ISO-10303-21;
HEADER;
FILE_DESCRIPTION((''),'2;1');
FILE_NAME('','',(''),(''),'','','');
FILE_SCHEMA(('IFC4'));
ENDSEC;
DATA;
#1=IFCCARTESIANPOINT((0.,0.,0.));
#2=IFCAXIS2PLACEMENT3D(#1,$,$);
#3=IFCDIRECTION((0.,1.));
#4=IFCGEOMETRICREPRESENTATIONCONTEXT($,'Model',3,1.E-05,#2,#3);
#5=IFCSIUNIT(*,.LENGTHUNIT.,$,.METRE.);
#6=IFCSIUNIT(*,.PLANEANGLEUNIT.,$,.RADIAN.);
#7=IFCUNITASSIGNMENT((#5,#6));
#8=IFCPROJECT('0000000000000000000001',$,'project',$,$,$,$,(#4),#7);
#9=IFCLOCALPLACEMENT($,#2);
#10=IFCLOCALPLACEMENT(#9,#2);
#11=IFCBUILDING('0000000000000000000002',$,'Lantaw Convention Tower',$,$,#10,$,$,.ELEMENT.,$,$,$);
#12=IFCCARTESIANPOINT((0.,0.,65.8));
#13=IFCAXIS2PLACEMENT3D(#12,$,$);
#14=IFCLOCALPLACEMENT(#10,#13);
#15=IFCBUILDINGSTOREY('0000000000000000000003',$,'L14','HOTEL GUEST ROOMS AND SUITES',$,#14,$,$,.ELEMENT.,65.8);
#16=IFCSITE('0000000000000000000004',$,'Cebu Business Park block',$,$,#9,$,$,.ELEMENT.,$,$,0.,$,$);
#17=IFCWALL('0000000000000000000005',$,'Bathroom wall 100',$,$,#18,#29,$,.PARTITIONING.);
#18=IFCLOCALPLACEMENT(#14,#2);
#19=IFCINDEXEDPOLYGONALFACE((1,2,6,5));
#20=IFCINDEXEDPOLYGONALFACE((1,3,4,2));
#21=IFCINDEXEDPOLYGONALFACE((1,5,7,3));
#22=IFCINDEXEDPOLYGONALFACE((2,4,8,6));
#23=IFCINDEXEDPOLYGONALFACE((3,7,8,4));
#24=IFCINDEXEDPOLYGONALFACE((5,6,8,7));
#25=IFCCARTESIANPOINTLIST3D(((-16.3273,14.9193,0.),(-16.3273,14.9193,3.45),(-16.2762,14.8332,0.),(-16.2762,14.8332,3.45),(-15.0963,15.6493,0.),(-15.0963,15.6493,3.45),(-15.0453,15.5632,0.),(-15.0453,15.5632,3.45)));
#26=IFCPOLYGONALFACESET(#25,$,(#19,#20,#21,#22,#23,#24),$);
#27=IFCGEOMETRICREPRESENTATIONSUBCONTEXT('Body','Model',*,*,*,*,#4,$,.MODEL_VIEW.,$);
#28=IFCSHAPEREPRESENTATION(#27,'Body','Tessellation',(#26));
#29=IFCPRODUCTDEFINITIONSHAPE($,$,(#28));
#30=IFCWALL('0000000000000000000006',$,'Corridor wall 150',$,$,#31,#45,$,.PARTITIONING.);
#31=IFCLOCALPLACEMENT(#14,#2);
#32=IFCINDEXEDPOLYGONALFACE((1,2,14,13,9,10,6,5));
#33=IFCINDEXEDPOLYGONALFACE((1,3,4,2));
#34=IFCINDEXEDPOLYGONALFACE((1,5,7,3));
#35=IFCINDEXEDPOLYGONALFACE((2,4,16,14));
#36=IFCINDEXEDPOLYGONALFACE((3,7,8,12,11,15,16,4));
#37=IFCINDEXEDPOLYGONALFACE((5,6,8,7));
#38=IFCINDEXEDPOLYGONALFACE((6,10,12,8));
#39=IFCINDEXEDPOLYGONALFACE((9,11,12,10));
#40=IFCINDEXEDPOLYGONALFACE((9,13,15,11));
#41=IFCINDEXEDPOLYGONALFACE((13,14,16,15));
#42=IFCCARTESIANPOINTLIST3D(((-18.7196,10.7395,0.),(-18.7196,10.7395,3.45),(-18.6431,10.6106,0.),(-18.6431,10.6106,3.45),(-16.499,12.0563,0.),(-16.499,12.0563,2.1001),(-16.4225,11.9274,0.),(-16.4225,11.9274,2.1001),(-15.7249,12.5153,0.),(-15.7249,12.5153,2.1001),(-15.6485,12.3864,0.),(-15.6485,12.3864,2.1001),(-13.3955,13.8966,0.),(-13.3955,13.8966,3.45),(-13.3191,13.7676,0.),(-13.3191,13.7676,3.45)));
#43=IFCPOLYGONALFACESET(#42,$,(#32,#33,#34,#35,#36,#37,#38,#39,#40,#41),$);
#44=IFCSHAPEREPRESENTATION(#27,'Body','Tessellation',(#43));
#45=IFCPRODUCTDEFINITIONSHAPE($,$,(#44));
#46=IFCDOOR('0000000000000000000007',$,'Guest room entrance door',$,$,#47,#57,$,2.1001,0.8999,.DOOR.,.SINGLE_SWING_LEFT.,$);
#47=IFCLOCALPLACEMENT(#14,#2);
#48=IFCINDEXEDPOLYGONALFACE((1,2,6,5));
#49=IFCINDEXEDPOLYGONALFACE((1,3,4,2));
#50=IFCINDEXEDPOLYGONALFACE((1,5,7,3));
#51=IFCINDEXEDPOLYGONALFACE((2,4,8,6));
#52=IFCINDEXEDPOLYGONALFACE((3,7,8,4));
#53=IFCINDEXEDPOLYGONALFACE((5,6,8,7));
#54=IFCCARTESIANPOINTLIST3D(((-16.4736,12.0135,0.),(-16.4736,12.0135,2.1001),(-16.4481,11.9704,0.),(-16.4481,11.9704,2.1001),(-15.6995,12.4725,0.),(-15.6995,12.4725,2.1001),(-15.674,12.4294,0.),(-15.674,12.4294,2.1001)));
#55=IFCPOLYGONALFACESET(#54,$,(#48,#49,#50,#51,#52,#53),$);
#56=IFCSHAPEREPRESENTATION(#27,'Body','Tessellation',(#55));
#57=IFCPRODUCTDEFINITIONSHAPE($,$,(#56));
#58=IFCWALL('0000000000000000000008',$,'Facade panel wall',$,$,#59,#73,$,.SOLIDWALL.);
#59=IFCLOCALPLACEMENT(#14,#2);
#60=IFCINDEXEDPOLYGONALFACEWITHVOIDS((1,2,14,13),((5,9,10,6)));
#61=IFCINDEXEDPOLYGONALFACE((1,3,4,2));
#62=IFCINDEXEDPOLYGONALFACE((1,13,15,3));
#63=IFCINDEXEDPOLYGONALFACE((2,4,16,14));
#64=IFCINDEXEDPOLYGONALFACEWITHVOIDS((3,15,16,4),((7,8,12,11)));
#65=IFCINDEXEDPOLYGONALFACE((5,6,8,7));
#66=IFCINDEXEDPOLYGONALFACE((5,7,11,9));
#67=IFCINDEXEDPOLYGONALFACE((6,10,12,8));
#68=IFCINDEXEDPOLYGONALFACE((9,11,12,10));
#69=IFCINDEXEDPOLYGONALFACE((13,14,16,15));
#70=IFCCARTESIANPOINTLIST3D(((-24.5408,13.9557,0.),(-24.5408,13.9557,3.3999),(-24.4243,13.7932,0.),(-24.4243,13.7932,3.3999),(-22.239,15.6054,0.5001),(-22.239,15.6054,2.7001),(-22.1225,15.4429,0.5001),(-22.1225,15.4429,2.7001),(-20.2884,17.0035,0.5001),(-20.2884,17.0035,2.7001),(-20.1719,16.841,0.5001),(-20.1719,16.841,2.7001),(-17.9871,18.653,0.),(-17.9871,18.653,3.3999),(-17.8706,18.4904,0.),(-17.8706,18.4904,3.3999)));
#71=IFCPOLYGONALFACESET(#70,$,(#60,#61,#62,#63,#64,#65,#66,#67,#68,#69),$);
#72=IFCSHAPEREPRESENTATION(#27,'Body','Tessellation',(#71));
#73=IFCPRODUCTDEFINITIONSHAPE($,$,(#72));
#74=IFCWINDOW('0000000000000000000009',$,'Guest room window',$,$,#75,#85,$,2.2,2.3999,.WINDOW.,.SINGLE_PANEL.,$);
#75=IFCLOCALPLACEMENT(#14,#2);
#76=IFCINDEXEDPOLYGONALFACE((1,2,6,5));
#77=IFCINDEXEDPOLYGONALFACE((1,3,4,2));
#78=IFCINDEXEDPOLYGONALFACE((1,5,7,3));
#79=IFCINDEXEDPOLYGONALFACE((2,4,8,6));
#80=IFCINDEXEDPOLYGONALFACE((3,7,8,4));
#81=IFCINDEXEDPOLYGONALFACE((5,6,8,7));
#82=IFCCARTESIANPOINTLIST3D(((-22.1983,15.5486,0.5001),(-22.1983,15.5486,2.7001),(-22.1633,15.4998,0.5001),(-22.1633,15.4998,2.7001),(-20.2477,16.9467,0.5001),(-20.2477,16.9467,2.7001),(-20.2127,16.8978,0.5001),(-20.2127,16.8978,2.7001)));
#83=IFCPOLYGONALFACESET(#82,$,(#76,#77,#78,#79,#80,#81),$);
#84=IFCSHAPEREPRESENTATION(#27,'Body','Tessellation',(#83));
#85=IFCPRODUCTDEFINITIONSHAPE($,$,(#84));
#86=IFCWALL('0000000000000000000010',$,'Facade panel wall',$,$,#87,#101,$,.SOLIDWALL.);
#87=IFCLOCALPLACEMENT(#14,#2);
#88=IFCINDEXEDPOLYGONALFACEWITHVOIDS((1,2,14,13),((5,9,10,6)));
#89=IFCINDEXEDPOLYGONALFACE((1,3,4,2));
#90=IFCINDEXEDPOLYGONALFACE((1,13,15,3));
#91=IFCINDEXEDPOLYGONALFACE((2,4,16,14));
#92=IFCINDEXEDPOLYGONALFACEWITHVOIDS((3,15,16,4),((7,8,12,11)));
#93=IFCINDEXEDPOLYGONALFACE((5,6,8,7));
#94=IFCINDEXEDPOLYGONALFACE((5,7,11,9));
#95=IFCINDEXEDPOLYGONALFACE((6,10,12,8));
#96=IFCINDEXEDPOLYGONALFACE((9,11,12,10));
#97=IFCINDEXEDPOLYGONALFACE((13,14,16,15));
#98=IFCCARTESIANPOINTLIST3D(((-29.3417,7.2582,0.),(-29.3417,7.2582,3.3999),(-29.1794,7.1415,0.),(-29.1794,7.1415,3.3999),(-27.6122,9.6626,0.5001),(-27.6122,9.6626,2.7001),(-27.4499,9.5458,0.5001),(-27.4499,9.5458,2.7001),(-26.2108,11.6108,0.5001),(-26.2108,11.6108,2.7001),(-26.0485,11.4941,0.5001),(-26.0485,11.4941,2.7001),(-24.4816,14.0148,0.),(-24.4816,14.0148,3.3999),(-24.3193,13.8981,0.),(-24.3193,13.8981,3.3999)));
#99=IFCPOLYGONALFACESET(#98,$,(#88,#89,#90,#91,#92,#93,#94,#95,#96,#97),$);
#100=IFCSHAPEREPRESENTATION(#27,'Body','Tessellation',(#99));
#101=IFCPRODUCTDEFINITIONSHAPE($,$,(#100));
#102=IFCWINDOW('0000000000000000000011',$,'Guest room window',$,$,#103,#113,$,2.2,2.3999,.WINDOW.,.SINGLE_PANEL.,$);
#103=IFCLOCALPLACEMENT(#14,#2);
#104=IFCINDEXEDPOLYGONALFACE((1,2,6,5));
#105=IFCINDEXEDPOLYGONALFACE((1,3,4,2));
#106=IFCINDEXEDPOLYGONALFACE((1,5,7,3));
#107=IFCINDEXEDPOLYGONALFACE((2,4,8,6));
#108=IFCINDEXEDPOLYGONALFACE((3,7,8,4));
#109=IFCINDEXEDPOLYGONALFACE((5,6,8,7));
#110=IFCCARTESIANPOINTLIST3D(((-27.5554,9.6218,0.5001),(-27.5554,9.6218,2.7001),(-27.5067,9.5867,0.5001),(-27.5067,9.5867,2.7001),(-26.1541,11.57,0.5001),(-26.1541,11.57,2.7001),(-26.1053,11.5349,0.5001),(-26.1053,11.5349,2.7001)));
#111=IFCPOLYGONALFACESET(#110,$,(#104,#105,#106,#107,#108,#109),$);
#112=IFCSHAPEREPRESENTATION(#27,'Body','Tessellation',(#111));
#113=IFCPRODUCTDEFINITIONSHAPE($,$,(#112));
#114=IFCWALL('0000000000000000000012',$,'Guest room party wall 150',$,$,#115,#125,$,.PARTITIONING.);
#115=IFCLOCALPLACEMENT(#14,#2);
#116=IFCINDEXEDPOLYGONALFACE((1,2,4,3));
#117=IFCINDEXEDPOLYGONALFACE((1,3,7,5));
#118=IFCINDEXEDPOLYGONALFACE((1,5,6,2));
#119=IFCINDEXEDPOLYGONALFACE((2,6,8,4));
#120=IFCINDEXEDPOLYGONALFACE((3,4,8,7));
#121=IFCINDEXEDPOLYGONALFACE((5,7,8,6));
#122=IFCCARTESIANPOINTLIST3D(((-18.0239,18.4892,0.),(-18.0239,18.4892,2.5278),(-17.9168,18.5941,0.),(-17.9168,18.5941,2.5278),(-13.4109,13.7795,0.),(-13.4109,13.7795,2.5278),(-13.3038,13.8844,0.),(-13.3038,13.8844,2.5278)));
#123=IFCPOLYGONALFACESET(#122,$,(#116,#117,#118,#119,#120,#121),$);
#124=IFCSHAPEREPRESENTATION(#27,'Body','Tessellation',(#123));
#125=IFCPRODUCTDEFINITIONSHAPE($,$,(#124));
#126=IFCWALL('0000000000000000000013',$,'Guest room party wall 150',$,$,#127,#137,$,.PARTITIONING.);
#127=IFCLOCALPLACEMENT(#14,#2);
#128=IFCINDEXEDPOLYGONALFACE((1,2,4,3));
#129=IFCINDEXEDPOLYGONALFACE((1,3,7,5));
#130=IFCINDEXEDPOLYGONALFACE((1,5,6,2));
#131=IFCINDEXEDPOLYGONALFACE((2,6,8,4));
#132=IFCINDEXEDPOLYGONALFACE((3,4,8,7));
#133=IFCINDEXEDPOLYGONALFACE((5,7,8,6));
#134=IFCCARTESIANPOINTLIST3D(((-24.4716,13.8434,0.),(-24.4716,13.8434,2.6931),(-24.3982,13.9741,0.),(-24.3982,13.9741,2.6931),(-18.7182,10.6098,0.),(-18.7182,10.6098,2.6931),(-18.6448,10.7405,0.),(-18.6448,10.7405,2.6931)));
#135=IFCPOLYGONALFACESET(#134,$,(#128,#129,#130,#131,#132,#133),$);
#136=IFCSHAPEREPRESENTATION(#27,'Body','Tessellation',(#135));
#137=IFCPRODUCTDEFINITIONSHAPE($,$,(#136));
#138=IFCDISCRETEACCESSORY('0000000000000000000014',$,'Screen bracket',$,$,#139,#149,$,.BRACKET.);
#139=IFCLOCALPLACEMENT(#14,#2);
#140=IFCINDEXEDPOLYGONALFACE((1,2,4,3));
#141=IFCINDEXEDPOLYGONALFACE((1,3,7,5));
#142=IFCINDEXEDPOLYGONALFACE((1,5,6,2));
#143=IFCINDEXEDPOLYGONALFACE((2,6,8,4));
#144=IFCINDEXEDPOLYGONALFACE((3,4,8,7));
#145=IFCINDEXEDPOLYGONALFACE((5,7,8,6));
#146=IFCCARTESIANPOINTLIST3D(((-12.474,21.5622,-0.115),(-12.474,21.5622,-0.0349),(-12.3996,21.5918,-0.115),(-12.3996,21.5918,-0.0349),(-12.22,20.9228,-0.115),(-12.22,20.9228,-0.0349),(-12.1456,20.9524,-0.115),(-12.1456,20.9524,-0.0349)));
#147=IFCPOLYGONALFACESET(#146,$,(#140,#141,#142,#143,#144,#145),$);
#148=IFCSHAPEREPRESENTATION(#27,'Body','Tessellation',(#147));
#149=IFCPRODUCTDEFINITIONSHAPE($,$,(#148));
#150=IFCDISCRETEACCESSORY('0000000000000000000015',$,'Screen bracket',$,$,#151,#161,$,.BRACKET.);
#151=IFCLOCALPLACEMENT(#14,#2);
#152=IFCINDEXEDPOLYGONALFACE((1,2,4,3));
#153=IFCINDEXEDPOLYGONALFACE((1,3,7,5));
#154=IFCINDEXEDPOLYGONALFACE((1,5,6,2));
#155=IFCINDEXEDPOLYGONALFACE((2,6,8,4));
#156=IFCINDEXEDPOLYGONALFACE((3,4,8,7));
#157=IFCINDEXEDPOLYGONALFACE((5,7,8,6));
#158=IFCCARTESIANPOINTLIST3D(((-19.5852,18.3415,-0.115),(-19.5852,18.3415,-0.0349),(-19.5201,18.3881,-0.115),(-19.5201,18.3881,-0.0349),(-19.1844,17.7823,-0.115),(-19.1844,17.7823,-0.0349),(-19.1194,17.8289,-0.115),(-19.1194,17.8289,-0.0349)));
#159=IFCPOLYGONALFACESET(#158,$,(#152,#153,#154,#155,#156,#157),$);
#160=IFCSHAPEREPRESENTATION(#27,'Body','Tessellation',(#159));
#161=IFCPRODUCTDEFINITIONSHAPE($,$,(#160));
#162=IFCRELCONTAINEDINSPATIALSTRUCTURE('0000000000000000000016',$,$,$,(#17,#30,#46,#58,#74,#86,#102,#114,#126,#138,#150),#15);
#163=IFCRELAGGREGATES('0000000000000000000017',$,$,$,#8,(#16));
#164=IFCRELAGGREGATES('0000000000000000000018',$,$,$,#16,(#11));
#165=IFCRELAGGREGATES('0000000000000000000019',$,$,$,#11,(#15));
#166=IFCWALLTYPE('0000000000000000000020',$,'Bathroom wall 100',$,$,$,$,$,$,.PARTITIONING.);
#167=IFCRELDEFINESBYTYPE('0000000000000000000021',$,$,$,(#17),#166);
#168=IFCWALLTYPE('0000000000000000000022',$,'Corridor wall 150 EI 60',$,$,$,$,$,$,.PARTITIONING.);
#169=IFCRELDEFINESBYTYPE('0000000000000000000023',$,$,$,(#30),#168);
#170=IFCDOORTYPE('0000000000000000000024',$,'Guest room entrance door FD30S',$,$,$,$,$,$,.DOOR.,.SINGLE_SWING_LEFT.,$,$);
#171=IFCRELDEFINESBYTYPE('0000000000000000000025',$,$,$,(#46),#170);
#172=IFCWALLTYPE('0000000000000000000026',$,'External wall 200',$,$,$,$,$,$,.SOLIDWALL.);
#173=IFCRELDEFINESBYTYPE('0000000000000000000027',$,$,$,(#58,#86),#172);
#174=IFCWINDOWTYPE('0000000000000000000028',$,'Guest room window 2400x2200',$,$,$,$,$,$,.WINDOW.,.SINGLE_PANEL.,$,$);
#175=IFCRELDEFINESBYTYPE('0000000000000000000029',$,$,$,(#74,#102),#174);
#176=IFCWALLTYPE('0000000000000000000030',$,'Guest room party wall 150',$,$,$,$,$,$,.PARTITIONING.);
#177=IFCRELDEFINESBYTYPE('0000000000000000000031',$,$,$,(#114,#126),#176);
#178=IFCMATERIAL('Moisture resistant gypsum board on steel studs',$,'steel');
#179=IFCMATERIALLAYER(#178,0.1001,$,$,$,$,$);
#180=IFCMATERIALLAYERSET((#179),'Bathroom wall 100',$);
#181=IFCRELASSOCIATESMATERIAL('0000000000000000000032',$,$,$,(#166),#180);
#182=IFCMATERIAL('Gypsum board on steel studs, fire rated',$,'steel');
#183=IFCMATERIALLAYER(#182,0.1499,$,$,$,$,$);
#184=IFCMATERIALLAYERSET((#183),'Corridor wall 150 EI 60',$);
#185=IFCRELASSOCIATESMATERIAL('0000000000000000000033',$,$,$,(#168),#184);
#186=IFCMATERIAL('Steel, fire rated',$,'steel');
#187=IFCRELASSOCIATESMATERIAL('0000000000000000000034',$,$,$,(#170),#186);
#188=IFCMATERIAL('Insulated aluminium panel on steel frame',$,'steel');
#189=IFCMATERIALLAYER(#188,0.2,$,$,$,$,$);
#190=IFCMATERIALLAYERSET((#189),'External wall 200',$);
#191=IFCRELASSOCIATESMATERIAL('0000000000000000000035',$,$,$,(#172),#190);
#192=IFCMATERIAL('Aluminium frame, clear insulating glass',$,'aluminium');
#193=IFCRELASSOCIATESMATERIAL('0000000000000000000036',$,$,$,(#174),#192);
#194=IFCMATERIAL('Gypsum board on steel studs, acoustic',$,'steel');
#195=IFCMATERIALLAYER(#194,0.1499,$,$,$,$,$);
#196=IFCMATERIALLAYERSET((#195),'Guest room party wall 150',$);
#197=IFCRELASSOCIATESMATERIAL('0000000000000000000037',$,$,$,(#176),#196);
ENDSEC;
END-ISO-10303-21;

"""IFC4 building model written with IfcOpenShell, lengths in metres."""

from ifc_helpers import new_model, si_unit, direction, frame, frame_2d, origin, origin_2d, place, context, subcontext, project, spatial, rectangle, extrude, material, layer, layer_set, type_object, element, fill, save


model = new_model("IFC4")

# Units and contexts
model_context = context("Model", 3, precision=1e-05, world=origin(), true_north=direction((0.0, 1.0)))
body_context = subcontext(model_context, "Body", "Model", "MODEL_VIEW")
ifc_project = project(units=[si_unit("LENGTHUNIT", "METRE"), si_unit("PLANEANGLEUNIT", "RADIAN")], contexts=[model_context])

# Site, building, storey
site_placement = place(None, origin())
site = spatial("IfcSite", under=ifc_project, at=site_placement, Name="Cebu Business Park block", CompositionType="ELEMENT", RefElevation=0.0)
building_placement = place(site_placement, origin())
building = spatial("IfcBuilding", under=site, at=building_placement, Name="Lantaw Convention Tower", CompositionType="ELEMENT")
storey_placement = place(building_placement, frame((0.0, 0.0, 65.8)))
storey = spatial("IfcBuildingStorey", under=building, at=storey_placement, Name="L14", Description="HOTEL GUEST ROOMS AND SUITES", CompositionType="ELEMENT", Elevation=65.8)

# Wall
ifc_material_1 = material(Name="Moisture resistant gypsum board on steel studs", Category="steel")
ifc_layer_1 = layer(ifc_material_1, 0.1001)
ifc_layer_set_1 = layer_set([ifc_layer_1], Name="Bathroom wall 100")
wall_type_1 = type_object("IfcWallType", Name="Bathroom wall 100", PredefinedType="PARTITIONING", material=ifc_layer_set_1)
wall_1_placement = place(storey_placement, frame((-16.3018, 14.8762, 0.0), z_axis=(0.0, 0.0, 1.0), x_axis=(0.860131, 0.510074, 0.0)))
element("IfcWall", 1, at=wall_1_placement, inside=storey, type_object=wall_type_1, Name="Bathroom wall 100", PredefinedType="PARTITIONING", context=body_context, shape_type="SweptSolid", body=[
    extrude(rectangle(XDim=1.4312, YDim=0.1001, at=frame_2d((0.7156, 0.0))), origin(), (0.0, 0.0, 1.0), 3.45),
])

# Wall, opening, door
ifc_material_2 = material(Name="Gypsum board on steel studs, fire rated", Category="steel")
ifc_layer_2 = layer(ifc_material_2, 0.1499)
ifc_layer_set_2 = layer_set([ifc_layer_2], Name="Corridor wall 150 EI 60")
wall_type_2 = type_object("IfcWallType", Name="Corridor wall 150 EI 60", PredefinedType="PARTITIONING", material=ifc_layer_set_2)
wall_2_placement = place(storey_placement, frame((-13.3574, 13.832, 0.0), z_axis=(0.0, 0.0, 1.0), x_axis=(-0.860147, -0.510046, 0.0)))
wall_2 = element("IfcWall", 2, at=wall_2_placement, inside=storey, type_object=wall_type_2, Name="Corridor wall 150", PredefinedType="PARTITIONING", context=body_context, shape_type="SweptSolid", body=[
    extrude(rectangle(XDim=6.1897, YDim=0.1499, at=frame_2d((3.0947, 0.0))), origin(), (0.0, 0.0, 1.0), 3.45),
])
opening_1_placement = place(wall_2_placement, frame((2.708, 0.0, 0.0)))
opening_1 = element("IfcOpeningElement", 3, at=opening_1_placement, cuts=wall_2, PredefinedType="OPENING", context=body_context, shape_type="SweptSolid", body=[
    extrude(rectangle(XDim=0.8999, YDim=2.1001, at=frame_2d((0.45, 1.05))), frame((0.0, 0.085, 0.0), z_axis=(0.0, -1.0, 0.0), x_axis=(1.0, 0.0, 0.0)), (0.0, 0.0, 1.0), 0.1699),
])
ifc_material_3 = material(Name="Steel, fire rated", Category="steel")
door_type = type_object("IfcDoorType", Name="Guest room entrance door FD30S", OperationType="SINGLE_SWING_LEFT", PredefinedType="DOOR", material=ifc_material_3)
door_placement = place(opening_1_placement, origin())
door = element("IfcDoor", 4, at=door_placement, inside=storey, type_object=door_type, Name="Guest room entrance door", OperationType="SINGLE_SWING_LEFT", OverallHeight=2.1001, OverallWidth=0.8999, PredefinedType="DOOR", context=body_context, shape_type="SweptSolid", body=[
    extrude(rectangle(XDim=0.8999, YDim=2.1001, at=frame_2d((0.45, 1.05))), frame((0.0, 0.0249, 0.0), z_axis=(0.0, -1.0, 0.0), x_axis=(1.0, 0.0, 0.0)), (0.0, 0.0, 1.0), 0.05),
])
fill(opening_1, door)

# Walls, openings, windows
ifc_material_4 = material(Name="Insulated aluminium panel on steel frame", Category="steel")
ifc_layer_3 = layer(ifc_material_4, 0.2)
ifc_layer_set_3 = layer_set([ifc_layer_3], Name="External wall 200")
wall_type_3 = type_object("IfcWallType", Name="External wall 200", PredefinedType="SOLIDWALL", material=ifc_layer_set_3)
wall_3_placement = place(storey_placement, frame((-17.9287, 18.5718, 0.0), z_axis=(0.0, 0.0, 1.0), x_axis=(-0.812791, -0.582555, 0.0)))
wall_3 = element("IfcWall", 5, at=wall_3_placement, inside=storey, type_object=wall_type_3, Name="Facade panel wall", PredefinedType="SOLIDWALL", context=body_context, shape_type="SweptSolid", body=[
    extrude(rectangle(XDim=8.0632, YDim=0.2, at=frame_2d((4.0317, 0.0))), origin(), (0.0, 0.0, 1.0), 3.3999),
])
opening_2_placement = place(wall_3_placement, frame((2.8315, 0.0, 0.5)))
opening_2 = element("IfcOpeningElement", 6, at=opening_2_placement, cuts=wall_3, PredefinedType="OPENING", context=body_context, shape_type="SweptSolid", body=[
    extrude(rectangle(XDim=2.3999, YDim=2.2, at=frame_2d((1.2, 1.1001))), frame((0.0, 0.1099, 0.0), z_axis=(0.0, -1.0, 0.0), x_axis=(1.0, 0.0, 0.0)), (0.0, 0.0, 1.0), 0.22),
])
ifc_material_5 = material(Name="Aluminium frame, clear insulating glass", Category="aluminium")
window_type = type_object("IfcWindowType", Name="Guest room window 2400x2200", PartitioningType="SINGLE_PANEL", PredefinedType="WINDOW", material=ifc_material_5)
window_1_placement = place(opening_2_placement, origin())
window_1 = element("IfcWindow", 7, at=window_1_placement, inside=storey, type_object=window_type, Name="Guest room window", OverallHeight=2.2, OverallWidth=2.3999, PartitioningType="SINGLE_PANEL", PredefinedType="WINDOW", context=body_context, shape_type="SweptSolid", body=[
    extrude(rectangle(XDim=2.3999, YDim=2.2, at=frame_2d((1.2, 1.1001))), frame((0.0, 0.03, 0.0), z_axis=(0.0, -1.0, 0.0), x_axis=(1.0, 0.0, 0.0)), (0.0, 0.0, 1.0), 0.0601),
])
fill(opening_2, window_1)
wall_4_placement = place(storey_placement, frame((-24.4004, 13.9565, 0.0), z_axis=(0.0, 0.0, 1.0), x_axis=(-0.583938, -0.811799, 0.0)))
wall_4 = element("IfcWall", 8, at=wall_4_placement, inside=storey, type_object=wall_type_3, Name="Facade panel wall", PredefinedType="SOLIDWALL", context=body_context, shape_type="SweptSolid", body=[
    extrude(rectangle(XDim=8.323, YDim=0.2, at=frame_2d((4.1616, 0.0))), origin(), (0.0, 0.0, 1.0), 3.3999),
])
opening_3_placement = place(wall_4_placement, frame((2.9614, 0.0, 0.5)))
opening_3 = element("IfcOpeningElement", 9, at=opening_3_placement, cuts=wall_4, PredefinedType="OPENING", context=body_context, shape_type="SweptSolid", body=[
    extrude(rectangle(XDim=2.3999, YDim=2.2, at=frame_2d((1.2, 1.1001))), frame((0.0, 0.1099, 0.0), z_axis=(0.0, -1.0, 0.0), x_axis=(1.0, 0.0, 0.0)), (0.0, 0.0, 1.0), 0.22),
])
window_2_placement = place(opening_3_placement, origin())
window_2 = element("IfcWindow", 10, at=window_2_placement, inside=storey, type_object=window_type, Name="Guest room window", OverallHeight=2.2, OverallWidth=2.3999, PartitioningType="SINGLE_PANEL", PredefinedType="WINDOW", context=body_context, shape_type="SweptSolid", body=[
    extrude(rectangle(XDim=2.3999, YDim=2.2, at=frame_2d((1.2, 1.1001))), frame((0.0, 0.03, 0.0), z_axis=(0.0, -1.0, 0.0), x_axis=(1.0, 0.0, 0.0)), (0.0, 0.0, 1.0), 0.0601),
])
fill(opening_3, window_2)

# Walls
ifc_material_6 = material(Name="Gypsum board on steel studs, acoustic", Category="steel")
ifc_layer_4 = layer(ifc_material_6, 0.1499)
ifc_layer_set_4 = layer_set([ifc_layer_4], Name="Guest room party wall 150")
wall_type_4 = type_object("IfcWallType", Name="Guest room party wall 150", PredefinedType="PARTITIONING", material=ifc_layer_set_4)
wall_5_placement = place(storey_placement, frame((-17.9705, 18.5417, 0.0), z_axis=(0.0, 0.0, 1.0), x_axis=(0.699736, -0.714401, 0.0)))
element("IfcWall", 11, at=wall_5_placement, inside=storey, type_object=wall_type_4, Name="Guest room party wall 150", PredefinedType="PARTITIONING", context=body_context, shape_type="SweptSolid", body=[
    extrude(rectangle(XDim=6.5925, YDim=0.1499, at=frame_2d((3.2964, 0.0))), origin(), (0.0, 0.0, 1.0), 2.5278),
])
wall_6_placement = place(storey_placement, frame((-24.4348, 13.9087, 0.0), z_axis=(0.0, 0.0, 1.0), x_axis=(0.871747, -0.489956, 0.0)))
element("IfcWall", 12, at=wall_6_placement, inside=storey, type_object=wall_type_4, Name="Guest room party wall 150", PredefinedType="PARTITIONING", context=body_context, shape_type="SweptSolid", body=[
    extrude(rectangle(XDim=6.5999, YDim=0.1499, at=frame_2d((3.2998, 0.0))), origin(), (0.0, 0.0, 1.0), 2.6931),
])

# Discrete accessories
for number, where, z_axis, x_axis, name in (
    (13, (-12.3098, 21.2573, -0.115), (0.0, 0.0, 1.0), (-0.929361, -0.369172, 0.0), "Screen bracket"),
    (14, (-19.3523, 18.0852, -0.115), (0.0, 0.0, 1.0), (-0.812804, -0.582538, 0.0), "Screen bracket"),
):
    element("IfcDiscreteAccessory", number, at=place(storey_placement, frame(where, z_axis=z_axis, x_axis=x_axis)), inside=storey, Name=name, PredefinedType="BRACKET", context=body_context, shape_type="SweptSolid", body=[
        extrude(rectangle(XDim=0.0801, YDim=0.688, at=origin_2d()), origin(), (0.0, 0.0, 1.0), 0.0801),
    ])

save(model, "model.ifc")
